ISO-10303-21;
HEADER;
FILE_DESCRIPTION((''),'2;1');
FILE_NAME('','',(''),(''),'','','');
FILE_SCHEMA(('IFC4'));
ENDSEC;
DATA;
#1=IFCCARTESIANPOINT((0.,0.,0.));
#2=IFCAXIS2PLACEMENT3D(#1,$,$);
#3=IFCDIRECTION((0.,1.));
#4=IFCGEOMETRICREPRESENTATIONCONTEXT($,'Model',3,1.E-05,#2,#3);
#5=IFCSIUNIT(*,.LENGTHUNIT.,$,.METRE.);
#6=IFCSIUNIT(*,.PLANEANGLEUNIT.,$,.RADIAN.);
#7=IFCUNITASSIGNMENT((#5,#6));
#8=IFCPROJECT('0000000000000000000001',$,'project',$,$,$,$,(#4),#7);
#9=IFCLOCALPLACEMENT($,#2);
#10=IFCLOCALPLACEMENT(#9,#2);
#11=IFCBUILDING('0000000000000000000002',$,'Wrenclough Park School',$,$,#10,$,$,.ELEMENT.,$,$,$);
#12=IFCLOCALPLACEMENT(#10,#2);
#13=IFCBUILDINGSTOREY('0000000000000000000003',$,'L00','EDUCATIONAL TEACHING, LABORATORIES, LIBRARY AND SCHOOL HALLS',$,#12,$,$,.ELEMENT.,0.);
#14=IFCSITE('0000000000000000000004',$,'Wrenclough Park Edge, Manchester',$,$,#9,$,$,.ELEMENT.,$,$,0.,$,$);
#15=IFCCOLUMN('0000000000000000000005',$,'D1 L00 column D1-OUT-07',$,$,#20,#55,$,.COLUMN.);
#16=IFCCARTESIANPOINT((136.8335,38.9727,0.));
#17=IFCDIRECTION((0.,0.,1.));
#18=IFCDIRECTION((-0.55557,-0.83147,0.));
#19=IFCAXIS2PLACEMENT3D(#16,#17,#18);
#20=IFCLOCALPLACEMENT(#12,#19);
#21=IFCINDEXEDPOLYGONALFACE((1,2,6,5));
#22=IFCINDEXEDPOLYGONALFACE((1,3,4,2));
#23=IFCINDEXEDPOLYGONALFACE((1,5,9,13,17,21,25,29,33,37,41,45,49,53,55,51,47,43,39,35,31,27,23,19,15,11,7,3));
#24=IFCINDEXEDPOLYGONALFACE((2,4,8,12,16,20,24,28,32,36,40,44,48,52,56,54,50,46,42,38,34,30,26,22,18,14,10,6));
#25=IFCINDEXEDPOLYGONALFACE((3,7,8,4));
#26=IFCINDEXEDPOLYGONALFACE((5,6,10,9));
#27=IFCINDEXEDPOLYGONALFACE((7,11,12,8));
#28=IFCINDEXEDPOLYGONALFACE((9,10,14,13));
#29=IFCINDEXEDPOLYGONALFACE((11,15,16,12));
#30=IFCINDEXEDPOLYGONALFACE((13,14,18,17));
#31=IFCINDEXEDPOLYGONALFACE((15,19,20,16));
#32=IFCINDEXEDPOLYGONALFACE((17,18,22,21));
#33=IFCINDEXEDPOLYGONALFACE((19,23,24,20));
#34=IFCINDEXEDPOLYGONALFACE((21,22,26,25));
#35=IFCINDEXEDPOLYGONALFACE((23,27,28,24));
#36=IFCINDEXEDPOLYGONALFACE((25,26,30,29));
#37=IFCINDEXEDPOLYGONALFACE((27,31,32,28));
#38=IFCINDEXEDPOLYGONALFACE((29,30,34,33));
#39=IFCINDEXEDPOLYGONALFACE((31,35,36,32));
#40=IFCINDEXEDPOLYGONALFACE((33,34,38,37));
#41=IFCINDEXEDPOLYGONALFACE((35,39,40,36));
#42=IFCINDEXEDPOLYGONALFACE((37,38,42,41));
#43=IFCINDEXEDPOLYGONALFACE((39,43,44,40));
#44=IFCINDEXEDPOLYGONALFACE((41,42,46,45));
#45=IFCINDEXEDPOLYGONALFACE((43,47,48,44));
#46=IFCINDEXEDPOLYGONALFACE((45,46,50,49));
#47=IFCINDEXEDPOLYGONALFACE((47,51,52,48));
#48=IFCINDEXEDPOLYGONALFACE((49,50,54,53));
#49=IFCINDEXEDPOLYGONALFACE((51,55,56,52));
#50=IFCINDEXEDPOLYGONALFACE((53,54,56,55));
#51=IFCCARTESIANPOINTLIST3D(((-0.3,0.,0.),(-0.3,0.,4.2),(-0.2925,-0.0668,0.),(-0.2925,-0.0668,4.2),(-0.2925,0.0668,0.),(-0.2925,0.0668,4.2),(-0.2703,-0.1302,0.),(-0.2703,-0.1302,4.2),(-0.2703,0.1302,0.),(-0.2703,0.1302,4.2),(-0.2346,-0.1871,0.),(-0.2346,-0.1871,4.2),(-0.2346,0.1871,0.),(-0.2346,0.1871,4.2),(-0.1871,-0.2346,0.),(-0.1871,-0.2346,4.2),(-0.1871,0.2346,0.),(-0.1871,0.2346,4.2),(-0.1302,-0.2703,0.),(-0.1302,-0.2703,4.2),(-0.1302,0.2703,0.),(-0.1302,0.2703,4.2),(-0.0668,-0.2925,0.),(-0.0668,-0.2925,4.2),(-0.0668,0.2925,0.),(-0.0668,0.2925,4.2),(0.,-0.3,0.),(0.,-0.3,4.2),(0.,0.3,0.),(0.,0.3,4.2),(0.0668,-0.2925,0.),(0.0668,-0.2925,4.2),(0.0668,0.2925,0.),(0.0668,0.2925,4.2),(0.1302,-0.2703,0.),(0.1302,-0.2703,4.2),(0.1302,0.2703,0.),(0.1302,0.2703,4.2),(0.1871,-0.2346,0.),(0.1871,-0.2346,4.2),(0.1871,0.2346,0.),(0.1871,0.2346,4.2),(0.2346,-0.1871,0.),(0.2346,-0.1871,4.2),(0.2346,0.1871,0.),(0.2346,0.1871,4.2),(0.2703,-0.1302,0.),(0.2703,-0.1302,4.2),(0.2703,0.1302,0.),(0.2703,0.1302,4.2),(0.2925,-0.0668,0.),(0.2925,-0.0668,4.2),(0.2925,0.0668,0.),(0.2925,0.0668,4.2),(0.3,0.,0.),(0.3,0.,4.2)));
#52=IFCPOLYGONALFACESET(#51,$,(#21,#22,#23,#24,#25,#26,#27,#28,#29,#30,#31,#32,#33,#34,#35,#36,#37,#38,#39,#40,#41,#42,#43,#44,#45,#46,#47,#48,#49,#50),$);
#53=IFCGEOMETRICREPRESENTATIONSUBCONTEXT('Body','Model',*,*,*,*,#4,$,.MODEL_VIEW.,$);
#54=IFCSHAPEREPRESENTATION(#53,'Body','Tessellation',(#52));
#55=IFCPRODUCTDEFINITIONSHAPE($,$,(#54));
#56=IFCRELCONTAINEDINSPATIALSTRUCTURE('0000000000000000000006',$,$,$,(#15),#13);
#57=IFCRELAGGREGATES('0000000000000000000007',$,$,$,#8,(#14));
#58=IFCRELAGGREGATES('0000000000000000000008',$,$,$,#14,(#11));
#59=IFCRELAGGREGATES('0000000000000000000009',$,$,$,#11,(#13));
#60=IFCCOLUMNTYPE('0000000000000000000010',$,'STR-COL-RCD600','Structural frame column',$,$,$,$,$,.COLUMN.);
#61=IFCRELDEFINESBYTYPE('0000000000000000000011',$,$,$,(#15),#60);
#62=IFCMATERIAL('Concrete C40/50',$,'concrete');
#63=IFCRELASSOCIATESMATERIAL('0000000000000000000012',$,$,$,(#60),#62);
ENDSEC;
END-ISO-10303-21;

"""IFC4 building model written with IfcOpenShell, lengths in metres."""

from ifc_helpers import new_model, si_unit, direction, frame, origin, origin_2d, place, context, subcontext, project, spatial, circle, extrude, material, material_profile, profile_set, type_object, element, save


model = new_model("IFC4")

# Units and contexts
model_context = context("Model", 3, precision=1e-05, world=origin(), true_north=direction((0.0, 1.0)))
body_context = subcontext(model_context, "Body", "Model", "MODEL_VIEW")
ifc_project = project(units=[si_unit("LENGTHUNIT", "METRE"), si_unit("PLANEANGLEUNIT", "RADIAN")], contexts=[model_context])

# Site, building, storey
site_placement = place(None, origin())
site = spatial("IfcSite", under=ifc_project, at=site_placement, Name="Wrenclough Park Edge, Manchester", CompositionType="ELEMENT", RefElevation=0.0)
building_placement = place(site_placement, origin())
building = spatial("IfcBuilding", under=site, at=building_placement, Name="Wrenclough Park School", CompositionType="ELEMENT")
storey_placement = place(building_placement, origin())
storey = spatial("IfcBuildingStorey", under=building, at=storey_placement, Name="L00", Description="EDUCATIONAL TEACHING, LABORATORIES, LIBRARY AND SCHOOL HALLS", CompositionType="ELEMENT", Elevation=0.0)

# Column
ifc_material_1 = material(Name="Concrete C40/50", Category="concrete")
ifc_material_profile_1 = material_profile(ifc_material_1, circle(Radius=0.3, at=origin_2d()), Name="RC COL D600")
ifc_profile_set_1 = profile_set([ifc_material_profile_1], Name="Concrete C40/50")
column_type = type_object("IfcColumnType", Name="STR-COL-RCD600", Description="Structural frame column", PredefinedType="COLUMN", material=ifc_profile_set_1)
column_placement = place(storey_placement, frame((136.8335, 38.9727, 0.0), z_axis=(0.0, 0.0, 1.0), x_axis=(-0.55557, -0.83147, 0.0)))
element("IfcColumn", 1, at=column_placement, inside=storey, type_object=column_type, Name="D1 L00 column D1-OUT-07", PredefinedType="COLUMN", context=body_context, shape_type="SweptSolid", body=[
    extrude(circle(Radius=0.3, at=origin_2d()), origin(), (0.0, 0.0, 1.0), 4.2),
])

save(model, "model.ifc")
